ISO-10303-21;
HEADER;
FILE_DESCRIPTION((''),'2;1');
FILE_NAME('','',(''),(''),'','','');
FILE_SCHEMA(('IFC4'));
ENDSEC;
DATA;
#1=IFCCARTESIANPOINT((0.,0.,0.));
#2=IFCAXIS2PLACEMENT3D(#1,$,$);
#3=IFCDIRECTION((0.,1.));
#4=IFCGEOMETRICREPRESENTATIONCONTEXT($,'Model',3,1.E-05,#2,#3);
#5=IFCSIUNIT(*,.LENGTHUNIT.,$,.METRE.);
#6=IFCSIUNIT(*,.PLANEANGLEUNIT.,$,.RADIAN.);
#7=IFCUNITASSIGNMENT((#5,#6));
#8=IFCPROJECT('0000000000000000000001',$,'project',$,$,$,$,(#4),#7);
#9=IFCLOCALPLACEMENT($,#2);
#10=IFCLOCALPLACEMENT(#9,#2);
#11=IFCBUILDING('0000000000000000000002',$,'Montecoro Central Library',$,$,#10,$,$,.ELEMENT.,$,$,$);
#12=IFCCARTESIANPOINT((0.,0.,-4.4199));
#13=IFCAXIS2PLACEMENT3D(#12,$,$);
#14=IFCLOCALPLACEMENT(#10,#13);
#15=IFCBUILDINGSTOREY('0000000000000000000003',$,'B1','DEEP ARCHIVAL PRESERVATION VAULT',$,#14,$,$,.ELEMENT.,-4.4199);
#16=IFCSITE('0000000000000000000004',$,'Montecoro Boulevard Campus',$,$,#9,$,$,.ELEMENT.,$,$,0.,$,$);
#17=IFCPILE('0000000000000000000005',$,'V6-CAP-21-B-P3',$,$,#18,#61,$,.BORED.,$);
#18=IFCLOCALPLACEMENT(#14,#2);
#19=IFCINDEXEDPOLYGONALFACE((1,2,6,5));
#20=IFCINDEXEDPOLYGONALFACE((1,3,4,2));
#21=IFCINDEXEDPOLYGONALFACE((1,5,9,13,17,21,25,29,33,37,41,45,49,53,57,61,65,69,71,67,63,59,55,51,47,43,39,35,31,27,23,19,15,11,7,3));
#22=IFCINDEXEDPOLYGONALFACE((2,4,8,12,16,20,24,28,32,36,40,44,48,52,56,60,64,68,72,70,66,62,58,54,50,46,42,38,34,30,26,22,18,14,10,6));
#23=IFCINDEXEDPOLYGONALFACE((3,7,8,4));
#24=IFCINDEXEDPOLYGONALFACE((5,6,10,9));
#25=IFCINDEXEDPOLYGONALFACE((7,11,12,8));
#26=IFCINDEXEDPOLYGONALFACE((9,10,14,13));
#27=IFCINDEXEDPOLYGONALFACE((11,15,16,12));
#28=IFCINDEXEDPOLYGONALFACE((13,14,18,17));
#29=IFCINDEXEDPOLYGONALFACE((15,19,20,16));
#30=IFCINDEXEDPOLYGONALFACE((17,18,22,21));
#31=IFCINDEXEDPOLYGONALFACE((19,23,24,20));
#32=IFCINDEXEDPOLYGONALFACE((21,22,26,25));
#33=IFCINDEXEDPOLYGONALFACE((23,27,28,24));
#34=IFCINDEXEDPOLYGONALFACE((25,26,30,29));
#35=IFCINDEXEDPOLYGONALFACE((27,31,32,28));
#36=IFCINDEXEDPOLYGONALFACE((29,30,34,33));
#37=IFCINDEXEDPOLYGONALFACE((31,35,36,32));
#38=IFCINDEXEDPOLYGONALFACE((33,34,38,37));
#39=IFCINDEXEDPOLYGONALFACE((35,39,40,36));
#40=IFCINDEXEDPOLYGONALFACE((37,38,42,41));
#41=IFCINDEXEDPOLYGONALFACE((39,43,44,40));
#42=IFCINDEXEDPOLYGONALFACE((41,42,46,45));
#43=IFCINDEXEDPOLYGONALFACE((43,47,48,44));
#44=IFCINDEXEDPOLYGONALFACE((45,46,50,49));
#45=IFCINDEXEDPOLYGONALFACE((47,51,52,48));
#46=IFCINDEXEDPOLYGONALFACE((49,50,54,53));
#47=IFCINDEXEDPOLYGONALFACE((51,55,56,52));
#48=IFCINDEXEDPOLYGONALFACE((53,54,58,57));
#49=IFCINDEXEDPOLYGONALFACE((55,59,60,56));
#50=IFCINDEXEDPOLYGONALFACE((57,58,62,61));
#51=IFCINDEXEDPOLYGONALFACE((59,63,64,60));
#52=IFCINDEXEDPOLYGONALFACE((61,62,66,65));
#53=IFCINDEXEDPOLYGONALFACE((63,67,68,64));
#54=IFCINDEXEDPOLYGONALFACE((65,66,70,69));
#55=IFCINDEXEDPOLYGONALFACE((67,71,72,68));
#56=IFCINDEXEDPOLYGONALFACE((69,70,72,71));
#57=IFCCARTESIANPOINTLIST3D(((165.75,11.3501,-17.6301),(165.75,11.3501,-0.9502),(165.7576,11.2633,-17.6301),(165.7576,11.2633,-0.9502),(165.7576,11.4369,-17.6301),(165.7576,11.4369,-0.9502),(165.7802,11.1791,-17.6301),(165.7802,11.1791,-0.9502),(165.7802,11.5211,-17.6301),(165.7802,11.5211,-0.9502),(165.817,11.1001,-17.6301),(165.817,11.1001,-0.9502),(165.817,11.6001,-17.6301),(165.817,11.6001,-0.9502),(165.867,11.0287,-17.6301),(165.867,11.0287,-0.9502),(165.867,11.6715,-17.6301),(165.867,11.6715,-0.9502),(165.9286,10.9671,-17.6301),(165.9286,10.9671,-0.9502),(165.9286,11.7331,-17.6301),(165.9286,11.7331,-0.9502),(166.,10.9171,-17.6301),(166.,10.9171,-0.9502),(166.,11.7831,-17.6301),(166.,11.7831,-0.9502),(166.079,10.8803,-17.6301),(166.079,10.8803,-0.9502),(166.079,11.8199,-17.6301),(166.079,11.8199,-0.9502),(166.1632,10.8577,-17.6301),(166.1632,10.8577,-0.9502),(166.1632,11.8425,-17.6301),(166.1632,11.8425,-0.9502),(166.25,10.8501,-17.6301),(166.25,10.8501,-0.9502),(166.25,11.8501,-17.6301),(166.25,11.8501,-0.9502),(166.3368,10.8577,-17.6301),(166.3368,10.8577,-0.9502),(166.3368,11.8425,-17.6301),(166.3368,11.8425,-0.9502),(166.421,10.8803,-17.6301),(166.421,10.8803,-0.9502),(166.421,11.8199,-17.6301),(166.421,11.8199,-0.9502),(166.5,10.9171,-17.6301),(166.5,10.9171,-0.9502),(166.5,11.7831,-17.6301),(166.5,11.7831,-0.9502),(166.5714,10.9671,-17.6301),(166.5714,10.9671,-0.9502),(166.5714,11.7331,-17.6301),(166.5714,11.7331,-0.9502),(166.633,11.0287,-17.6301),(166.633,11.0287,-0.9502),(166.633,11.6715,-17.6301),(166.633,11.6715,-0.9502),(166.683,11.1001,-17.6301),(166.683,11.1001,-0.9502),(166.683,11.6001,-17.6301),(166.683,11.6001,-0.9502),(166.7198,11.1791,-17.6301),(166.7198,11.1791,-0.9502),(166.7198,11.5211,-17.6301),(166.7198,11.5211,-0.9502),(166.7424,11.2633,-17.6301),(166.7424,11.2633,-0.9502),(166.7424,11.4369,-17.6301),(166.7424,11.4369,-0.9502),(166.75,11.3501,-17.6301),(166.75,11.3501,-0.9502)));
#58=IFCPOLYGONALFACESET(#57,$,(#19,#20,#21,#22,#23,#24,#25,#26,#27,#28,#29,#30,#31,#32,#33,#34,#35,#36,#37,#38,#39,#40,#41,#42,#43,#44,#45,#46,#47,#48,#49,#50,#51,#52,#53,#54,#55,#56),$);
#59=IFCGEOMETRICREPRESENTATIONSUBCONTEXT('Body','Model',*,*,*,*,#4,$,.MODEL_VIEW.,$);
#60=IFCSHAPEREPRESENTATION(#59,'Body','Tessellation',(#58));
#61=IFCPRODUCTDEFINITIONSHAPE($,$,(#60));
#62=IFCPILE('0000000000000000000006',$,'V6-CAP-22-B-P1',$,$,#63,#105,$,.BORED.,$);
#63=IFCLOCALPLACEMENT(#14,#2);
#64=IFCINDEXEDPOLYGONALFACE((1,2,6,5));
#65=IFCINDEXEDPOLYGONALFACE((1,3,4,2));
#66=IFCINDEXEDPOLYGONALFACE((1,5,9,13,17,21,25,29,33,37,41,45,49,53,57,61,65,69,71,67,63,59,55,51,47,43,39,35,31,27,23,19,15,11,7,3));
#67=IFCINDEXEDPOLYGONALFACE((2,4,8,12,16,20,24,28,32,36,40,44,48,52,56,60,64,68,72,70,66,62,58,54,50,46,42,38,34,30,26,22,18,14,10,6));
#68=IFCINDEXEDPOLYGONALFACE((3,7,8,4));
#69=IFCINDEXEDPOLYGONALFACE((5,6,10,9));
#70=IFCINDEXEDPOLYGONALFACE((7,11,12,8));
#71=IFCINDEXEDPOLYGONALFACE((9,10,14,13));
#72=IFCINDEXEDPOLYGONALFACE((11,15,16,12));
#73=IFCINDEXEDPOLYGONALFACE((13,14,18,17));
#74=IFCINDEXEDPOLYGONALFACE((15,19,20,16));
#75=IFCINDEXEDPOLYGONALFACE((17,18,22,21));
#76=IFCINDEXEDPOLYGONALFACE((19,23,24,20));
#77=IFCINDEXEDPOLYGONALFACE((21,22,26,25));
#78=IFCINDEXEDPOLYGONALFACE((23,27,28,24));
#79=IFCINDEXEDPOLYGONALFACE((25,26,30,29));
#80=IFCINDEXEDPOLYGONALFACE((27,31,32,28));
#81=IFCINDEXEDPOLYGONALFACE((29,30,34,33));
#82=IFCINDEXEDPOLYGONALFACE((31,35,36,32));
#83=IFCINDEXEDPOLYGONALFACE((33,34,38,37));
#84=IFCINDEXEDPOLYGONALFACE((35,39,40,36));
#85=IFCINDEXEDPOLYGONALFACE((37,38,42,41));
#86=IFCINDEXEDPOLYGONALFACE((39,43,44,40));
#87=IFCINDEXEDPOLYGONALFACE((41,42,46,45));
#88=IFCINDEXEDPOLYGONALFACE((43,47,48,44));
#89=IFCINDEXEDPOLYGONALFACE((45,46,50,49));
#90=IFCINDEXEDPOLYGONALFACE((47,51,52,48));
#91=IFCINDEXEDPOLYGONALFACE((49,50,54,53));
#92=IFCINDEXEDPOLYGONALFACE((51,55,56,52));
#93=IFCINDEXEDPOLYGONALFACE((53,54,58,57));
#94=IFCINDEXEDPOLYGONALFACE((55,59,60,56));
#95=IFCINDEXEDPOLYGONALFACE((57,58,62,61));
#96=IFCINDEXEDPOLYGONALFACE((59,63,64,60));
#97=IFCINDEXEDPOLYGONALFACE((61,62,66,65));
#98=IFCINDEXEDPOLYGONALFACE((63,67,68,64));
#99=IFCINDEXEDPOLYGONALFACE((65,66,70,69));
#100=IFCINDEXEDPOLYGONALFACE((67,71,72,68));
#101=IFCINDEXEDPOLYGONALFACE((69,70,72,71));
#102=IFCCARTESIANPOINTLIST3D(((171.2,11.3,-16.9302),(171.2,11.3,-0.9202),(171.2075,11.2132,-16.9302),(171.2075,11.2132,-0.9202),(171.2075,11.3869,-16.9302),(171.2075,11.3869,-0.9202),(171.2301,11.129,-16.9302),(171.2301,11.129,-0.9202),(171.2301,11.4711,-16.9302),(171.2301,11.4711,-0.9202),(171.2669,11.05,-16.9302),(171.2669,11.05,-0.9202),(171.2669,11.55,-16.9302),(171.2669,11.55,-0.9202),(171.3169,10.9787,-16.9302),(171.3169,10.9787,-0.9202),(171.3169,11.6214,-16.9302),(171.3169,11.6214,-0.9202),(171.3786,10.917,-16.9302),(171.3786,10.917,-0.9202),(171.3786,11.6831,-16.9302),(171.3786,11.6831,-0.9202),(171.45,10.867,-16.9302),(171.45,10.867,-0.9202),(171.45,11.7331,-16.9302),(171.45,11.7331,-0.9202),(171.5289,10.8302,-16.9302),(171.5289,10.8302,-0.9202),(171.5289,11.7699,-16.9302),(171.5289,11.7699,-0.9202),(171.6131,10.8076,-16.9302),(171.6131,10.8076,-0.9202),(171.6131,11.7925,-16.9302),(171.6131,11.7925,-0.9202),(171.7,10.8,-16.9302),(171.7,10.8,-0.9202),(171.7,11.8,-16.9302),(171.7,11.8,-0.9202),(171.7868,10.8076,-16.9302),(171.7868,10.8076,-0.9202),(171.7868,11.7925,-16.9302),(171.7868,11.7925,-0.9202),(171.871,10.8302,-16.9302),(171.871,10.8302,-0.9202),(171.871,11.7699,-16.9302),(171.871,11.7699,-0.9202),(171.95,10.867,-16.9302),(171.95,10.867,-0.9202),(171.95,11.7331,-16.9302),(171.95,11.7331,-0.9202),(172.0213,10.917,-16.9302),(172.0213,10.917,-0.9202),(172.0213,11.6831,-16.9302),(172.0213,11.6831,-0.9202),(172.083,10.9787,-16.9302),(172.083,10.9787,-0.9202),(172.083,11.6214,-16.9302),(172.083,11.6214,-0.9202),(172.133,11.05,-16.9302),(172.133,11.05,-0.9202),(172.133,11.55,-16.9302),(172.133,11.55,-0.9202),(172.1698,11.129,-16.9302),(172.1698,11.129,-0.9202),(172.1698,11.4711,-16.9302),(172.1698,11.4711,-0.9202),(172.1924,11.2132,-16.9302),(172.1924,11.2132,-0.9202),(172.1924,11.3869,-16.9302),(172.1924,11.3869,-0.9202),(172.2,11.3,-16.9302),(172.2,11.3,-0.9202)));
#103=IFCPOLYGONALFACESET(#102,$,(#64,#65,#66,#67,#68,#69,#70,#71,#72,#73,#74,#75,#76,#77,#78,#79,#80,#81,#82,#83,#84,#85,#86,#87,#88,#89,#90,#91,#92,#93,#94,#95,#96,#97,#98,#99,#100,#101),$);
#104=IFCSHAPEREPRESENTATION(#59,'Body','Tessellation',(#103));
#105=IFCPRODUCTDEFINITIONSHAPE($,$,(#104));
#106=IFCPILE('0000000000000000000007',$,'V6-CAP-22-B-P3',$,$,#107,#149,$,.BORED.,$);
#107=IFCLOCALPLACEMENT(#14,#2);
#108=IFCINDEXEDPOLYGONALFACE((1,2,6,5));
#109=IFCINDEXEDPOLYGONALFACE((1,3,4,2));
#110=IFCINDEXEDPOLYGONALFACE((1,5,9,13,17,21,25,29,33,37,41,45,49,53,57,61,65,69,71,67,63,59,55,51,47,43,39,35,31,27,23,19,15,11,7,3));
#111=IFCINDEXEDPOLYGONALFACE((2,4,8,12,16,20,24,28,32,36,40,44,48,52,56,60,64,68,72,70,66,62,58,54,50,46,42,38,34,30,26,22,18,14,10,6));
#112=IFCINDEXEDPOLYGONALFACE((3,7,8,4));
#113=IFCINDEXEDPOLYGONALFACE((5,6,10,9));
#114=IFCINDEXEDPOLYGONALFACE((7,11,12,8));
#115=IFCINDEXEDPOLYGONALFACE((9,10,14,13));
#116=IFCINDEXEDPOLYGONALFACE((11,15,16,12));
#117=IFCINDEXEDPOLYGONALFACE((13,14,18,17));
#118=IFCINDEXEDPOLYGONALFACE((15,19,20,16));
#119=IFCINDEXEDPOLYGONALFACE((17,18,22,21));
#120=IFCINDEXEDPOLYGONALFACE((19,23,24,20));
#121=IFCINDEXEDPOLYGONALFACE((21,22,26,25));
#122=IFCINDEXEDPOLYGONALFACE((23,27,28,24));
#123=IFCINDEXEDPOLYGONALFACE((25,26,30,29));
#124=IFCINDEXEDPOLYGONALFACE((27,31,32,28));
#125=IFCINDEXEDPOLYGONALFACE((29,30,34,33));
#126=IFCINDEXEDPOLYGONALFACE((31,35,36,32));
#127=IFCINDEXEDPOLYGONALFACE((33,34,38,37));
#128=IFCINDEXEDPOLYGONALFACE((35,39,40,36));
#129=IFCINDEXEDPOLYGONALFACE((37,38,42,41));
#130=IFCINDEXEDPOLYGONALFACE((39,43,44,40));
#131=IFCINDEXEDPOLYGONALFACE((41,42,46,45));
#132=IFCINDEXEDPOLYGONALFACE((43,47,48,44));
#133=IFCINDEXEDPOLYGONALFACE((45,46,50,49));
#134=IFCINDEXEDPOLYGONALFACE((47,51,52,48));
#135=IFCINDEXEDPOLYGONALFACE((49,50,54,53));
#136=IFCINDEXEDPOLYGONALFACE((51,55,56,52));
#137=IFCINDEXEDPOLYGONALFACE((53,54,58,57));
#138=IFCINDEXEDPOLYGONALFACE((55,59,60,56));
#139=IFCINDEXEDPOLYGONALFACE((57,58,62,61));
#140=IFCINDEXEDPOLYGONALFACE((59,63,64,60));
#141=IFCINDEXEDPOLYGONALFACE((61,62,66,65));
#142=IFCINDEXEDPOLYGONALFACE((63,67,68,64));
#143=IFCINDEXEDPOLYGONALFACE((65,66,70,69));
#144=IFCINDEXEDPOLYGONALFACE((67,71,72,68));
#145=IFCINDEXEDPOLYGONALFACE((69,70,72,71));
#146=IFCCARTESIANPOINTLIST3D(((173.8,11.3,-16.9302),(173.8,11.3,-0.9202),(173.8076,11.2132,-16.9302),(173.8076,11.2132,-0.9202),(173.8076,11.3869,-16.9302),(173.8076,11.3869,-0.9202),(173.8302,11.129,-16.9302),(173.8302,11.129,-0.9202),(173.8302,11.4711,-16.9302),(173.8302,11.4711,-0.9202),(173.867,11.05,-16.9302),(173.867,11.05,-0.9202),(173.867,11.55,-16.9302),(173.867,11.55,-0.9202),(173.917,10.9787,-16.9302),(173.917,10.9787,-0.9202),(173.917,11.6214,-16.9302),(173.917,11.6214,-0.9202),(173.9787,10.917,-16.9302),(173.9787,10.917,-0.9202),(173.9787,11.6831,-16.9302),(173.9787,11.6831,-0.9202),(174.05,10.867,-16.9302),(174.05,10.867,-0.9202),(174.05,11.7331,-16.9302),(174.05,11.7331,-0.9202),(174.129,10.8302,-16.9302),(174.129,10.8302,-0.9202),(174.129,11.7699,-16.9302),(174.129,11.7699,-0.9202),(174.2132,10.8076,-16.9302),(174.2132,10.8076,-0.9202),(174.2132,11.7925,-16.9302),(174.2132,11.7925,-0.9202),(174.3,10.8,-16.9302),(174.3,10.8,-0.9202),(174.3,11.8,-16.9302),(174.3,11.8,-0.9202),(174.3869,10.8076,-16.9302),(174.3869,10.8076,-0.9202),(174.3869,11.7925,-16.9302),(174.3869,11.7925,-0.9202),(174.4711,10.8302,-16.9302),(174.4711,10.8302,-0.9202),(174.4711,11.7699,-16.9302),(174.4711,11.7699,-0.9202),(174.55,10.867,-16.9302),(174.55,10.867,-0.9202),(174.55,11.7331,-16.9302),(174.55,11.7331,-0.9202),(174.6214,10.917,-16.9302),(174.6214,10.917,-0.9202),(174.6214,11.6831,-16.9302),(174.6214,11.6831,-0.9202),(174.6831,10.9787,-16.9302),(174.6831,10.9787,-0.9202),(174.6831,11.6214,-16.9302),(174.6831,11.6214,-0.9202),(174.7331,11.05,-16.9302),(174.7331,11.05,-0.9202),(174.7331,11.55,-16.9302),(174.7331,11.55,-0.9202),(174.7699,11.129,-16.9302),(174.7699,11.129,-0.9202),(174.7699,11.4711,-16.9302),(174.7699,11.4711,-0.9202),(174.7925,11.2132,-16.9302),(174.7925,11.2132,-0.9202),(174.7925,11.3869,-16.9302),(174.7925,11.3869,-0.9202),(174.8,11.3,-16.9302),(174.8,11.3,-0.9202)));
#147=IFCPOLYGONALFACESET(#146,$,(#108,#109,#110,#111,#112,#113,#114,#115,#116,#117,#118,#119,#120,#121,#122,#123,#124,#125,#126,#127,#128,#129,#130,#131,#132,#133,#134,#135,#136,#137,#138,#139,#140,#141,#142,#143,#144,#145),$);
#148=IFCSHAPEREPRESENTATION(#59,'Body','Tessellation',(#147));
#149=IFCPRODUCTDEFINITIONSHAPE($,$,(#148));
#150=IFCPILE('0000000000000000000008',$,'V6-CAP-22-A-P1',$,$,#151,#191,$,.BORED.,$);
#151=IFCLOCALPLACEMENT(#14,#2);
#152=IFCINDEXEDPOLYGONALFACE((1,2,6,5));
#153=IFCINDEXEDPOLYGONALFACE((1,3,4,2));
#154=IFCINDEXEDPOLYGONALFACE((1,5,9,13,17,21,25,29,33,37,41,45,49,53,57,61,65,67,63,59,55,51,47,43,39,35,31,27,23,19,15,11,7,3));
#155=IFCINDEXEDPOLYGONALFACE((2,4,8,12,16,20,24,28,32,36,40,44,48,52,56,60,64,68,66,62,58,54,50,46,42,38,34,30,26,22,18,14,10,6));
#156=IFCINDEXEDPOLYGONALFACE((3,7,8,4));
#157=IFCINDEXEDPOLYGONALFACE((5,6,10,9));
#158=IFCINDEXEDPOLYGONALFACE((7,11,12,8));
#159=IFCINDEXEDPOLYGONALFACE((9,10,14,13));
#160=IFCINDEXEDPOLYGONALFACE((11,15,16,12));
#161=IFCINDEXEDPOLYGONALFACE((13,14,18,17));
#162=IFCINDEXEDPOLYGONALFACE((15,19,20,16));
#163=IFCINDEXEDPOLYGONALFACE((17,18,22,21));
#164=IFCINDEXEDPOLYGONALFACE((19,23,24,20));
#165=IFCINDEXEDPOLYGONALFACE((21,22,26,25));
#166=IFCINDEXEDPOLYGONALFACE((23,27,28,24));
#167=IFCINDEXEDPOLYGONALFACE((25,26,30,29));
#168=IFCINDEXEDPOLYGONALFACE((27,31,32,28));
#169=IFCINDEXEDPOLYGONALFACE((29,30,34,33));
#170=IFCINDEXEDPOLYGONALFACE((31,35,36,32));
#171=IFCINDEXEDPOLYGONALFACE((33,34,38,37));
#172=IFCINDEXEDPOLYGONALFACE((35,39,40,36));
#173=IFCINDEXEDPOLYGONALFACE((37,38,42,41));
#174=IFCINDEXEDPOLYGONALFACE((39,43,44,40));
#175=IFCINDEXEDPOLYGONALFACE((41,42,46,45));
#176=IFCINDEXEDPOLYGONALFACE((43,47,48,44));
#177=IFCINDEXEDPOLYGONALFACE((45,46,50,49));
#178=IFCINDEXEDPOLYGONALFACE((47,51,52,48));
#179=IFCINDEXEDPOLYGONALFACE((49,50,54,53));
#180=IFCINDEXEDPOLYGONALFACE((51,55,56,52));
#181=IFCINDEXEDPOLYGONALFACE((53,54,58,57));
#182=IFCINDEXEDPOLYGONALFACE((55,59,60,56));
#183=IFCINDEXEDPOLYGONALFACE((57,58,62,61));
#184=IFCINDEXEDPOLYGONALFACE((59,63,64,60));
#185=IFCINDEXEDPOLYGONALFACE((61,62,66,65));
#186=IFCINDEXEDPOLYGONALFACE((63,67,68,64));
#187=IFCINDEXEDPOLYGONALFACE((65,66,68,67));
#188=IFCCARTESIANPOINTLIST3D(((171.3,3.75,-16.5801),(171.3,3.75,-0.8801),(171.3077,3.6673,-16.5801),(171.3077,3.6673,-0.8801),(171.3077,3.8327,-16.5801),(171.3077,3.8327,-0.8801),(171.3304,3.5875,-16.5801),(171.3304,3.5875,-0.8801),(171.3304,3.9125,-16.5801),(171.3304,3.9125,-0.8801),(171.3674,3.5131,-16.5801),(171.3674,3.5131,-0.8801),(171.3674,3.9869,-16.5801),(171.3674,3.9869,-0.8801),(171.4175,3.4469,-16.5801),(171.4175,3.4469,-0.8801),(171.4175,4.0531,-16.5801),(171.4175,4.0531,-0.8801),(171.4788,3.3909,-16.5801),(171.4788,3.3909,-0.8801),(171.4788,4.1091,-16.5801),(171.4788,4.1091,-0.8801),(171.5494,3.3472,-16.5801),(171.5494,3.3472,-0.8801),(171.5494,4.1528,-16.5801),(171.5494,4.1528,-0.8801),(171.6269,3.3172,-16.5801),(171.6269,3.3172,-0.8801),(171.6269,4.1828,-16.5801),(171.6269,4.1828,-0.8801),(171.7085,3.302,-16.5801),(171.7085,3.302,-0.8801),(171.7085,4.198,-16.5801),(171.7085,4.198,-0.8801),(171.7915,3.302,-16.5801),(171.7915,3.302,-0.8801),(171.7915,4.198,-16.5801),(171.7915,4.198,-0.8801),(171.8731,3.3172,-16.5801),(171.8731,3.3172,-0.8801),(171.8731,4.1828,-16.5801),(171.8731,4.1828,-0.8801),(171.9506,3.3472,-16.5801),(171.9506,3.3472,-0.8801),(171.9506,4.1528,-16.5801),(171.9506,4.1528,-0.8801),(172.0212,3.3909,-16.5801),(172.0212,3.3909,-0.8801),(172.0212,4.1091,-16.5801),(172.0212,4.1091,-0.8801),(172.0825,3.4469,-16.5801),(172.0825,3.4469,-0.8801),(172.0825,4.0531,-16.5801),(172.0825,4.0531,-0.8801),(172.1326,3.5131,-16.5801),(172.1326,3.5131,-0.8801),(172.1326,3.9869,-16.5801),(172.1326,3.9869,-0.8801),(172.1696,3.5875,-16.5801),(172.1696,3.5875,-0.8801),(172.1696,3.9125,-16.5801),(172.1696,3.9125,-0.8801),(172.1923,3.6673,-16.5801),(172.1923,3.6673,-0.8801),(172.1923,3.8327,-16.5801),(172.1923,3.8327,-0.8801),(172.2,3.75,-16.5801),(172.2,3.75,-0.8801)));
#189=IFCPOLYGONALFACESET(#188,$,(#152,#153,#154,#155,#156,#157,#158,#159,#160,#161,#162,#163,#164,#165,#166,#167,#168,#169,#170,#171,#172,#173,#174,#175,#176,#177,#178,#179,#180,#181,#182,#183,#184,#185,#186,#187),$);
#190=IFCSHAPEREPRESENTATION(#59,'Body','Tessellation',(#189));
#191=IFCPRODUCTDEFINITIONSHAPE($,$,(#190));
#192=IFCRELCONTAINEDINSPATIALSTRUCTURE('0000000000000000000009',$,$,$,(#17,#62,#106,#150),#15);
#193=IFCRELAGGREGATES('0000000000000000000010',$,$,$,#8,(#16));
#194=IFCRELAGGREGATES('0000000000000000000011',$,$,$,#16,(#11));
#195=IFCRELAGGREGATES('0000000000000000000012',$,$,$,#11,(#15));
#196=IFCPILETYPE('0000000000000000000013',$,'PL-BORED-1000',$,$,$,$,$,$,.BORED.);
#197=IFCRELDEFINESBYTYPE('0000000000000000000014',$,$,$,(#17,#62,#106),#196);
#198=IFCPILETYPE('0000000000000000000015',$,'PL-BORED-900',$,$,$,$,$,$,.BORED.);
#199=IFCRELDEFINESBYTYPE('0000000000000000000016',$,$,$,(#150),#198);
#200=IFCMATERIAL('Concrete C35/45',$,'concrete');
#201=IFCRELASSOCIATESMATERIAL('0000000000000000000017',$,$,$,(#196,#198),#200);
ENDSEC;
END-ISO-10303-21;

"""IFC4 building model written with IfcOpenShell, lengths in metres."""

from ifc_helpers import new_model, si_unit, direction, frame, origin, origin_2d, place, context, subcontext, project, spatial, circle, extrude, material, material_profile, profile_set, type_object, element, save


model = new_model("IFC4")

# Units and contexts
model_context = context("Model", 3, precision=1e-05, world=origin(), true_north=direction((0.0, 1.0)))
body_context = subcontext(model_context, "Body", "Model", "MODEL_VIEW")
ifc_project = project(units=[si_unit("LENGTHUNIT", "METRE"), si_unit("PLANEANGLEUNIT", "RADIAN")], contexts=[model_context])

# Site, building, storey
site_placement = place(None, origin())
site = spatial("IfcSite", under=ifc_project, at=site_placement, Name="Montecoro Boulevard Campus", CompositionType="ELEMENT", RefElevation=0.0)
building_placement = place(site_placement, origin())
building = spatial("IfcBuilding", under=site, at=building_placement, Name="Montecoro Central Library", CompositionType="ELEMENT")
storey_placement = place(building_placement, frame((0.0, 0.0, -4.4199)))
storey = spatial("IfcBuildingStorey", under=building, at=storey_placement, Name="B1", Description="DEEP ARCHIVAL PRESERVATION VAULT", CompositionType="ELEMENT", Elevation=-4.4199)

# Shared definitions
ifc_material_1 = material(Name="Concrete C35/45", Category="concrete")

# Piles
ifc_material_profile_1 = material_profile(ifc_material_1, circle(Radius=0.5, at=origin_2d()), Name="PILE D1000")
ifc_profile_set_1 = profile_set([ifc_material_profile_1], Name="Concrete C35/45")
pile_type_1 = type_object("IfcPileType", Name="PL-BORED-1000", PredefinedType="BORED", material=ifc_profile_set_1)
pile_placement = place(storey_placement, frame((166.25, 11.3501, -0.9502), z_axis=(0.0, 0.0, -1.0), x_axis=(1.0, 0.0, 0.0)))
element("IfcPile", 1, at=pile_placement, inside=storey, type_object=pile_type_1, Name="V6-CAP-21-B-P3", PredefinedType="BORED", context=body_context, shape_type="SweptSolid", body=[
    extrude(circle(Radius=0.5, at=origin_2d()), origin(), (0.0, 0.0, 1.0), 16.6799),
])
for number, where, z_axis, x_axis, name in (
    (2, (171.7, 11.3, -0.9202), (0.0, 0.0, -1.0), (1.0, 0.0, 0.0), "V6-CAP-22-B-P1"),
    (3, (174.3, 11.3, -0.9202), (0.0, 0.0, -1.0), (1.0, 0.0, 0.0), "V6-CAP-22-B-P3"),
):
    element("IfcPile", number, at=place(storey_placement, frame(where, z_axis=z_axis, x_axis=x_axis)), inside=storey, type_object=pile_type_1, Name=name, PredefinedType="BORED", context=body_context, shape_type="SweptSolid", body=[
        extrude(circle(Radius=0.5, at=origin_2d()), origin(), (0.0, 0.0, 1.0), 16.01),
    ])
ifc_material_profile_2 = material_profile(ifc_material_1, circle(Radius=0.45, at=origin_2d()), Name="PILE D900")
ifc_profile_set_2 = profile_set([ifc_material_profile_2], Name="Concrete C35/45")
pile_type_2 = type_object("IfcPileType", Name="PL-BORED-900", PredefinedType="BORED", material=ifc_profile_set_2)
for number, where, z_axis, x_axis, name in (
    (4, (171.75, 3.75, -0.8801), (0.0, 0.0, -1.0), (1.0, 0.0, 0.0), "V6-CAP-22-A-P1"),
):
    element("IfcPile", number, at=place(storey_placement, frame(where, z_axis=z_axis, x_axis=x_axis)), inside=storey, type_object=pile_type_2, Name=name, PredefinedType="BORED", context=body_context, shape_type="SweptSolid", body=[
        extrude(circle(Radius=0.45, at=origin_2d()), origin(), (0.0, 0.0, 1.0), 15.7),
    ])

save(model, "model.ifc")
